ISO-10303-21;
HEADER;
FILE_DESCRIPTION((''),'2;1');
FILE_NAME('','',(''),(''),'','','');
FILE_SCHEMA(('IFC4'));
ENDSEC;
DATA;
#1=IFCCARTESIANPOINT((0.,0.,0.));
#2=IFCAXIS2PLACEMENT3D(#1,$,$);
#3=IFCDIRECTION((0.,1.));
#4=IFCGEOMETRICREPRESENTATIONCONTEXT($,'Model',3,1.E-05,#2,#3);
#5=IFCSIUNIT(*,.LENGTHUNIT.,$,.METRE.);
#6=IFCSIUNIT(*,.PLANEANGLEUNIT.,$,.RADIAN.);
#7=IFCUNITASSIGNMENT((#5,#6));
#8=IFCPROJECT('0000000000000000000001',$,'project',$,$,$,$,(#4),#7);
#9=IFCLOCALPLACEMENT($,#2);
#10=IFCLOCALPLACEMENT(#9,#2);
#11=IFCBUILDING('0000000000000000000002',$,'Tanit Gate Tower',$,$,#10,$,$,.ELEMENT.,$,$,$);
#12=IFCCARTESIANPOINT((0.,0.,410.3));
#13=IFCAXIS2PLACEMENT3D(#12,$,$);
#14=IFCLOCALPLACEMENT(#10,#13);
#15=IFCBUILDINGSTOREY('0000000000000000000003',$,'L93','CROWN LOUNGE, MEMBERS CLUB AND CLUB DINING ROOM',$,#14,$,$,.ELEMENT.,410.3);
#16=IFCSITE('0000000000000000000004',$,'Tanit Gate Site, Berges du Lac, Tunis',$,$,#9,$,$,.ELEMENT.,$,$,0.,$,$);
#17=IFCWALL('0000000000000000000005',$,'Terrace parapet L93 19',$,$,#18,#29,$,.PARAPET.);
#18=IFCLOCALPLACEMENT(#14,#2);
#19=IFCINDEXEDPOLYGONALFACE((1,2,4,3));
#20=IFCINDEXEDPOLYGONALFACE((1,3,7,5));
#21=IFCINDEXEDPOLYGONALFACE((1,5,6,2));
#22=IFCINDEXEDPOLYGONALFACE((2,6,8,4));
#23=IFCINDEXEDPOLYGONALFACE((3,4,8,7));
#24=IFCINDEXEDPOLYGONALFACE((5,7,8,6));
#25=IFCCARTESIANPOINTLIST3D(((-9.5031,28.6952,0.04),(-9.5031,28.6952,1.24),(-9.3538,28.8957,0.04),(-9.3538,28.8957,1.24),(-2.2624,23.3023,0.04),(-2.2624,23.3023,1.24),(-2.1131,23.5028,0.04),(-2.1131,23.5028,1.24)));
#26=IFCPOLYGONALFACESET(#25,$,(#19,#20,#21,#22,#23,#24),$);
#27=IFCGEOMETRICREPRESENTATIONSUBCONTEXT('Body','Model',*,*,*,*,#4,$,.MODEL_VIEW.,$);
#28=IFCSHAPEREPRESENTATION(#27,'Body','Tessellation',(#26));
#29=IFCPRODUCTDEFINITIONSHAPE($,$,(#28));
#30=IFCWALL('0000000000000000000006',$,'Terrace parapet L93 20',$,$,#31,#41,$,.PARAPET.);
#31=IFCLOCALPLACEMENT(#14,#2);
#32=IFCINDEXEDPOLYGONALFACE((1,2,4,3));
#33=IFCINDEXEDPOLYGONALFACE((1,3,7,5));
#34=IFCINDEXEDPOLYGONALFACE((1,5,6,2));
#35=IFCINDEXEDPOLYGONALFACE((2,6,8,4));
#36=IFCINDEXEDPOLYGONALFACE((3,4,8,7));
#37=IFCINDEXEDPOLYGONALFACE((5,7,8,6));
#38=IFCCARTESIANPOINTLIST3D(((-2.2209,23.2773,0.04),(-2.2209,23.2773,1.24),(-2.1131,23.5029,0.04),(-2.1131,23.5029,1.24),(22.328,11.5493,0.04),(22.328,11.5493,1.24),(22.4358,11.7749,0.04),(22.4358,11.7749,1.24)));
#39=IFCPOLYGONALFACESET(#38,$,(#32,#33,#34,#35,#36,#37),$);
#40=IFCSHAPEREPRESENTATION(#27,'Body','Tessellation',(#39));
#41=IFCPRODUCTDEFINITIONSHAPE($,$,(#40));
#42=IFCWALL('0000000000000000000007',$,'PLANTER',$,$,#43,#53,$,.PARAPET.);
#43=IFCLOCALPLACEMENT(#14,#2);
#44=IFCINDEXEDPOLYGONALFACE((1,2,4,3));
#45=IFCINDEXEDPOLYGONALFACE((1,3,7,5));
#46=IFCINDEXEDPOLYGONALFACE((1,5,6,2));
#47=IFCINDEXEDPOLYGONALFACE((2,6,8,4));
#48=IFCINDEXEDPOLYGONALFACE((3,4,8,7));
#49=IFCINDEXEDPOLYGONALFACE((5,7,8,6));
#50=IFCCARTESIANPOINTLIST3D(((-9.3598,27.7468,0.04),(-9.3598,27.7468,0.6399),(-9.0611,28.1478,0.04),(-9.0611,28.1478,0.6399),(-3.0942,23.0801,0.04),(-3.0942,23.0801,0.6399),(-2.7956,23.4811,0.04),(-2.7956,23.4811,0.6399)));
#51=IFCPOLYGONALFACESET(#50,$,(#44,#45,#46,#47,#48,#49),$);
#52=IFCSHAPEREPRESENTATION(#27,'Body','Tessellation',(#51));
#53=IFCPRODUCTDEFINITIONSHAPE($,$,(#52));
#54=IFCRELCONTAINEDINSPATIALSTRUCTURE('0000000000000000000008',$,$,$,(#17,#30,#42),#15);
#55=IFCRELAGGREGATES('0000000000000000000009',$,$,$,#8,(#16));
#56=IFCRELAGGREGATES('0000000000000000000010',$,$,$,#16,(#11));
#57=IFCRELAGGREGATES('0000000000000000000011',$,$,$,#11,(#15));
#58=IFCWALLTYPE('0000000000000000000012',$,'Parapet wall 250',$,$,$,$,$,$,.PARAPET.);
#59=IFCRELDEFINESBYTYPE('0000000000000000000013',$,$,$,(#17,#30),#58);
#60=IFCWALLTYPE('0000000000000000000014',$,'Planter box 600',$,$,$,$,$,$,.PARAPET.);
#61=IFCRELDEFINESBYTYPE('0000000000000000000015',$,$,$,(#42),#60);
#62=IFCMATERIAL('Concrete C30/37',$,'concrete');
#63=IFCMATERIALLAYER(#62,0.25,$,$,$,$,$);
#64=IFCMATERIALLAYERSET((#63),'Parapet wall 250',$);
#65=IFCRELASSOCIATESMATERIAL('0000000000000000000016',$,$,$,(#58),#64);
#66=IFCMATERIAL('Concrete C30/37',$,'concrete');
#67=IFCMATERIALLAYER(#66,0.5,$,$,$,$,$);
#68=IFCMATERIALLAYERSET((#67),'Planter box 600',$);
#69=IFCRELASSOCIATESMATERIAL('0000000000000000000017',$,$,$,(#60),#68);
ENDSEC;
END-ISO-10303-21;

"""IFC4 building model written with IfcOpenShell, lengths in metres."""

from ifc_helpers import new_model, si_unit, direction, frame, frame_2d, origin, place, context, subcontext, project, spatial, rectangle, extrude, material, layer, layer_set, type_object, element, save


model = new_model("IFC4")

# Units and contexts
model_context = context("Model", 3, precision=1e-05, world=origin(), true_north=direction((0.0, 1.0)))
body_context = subcontext(model_context, "Body", "Model", "MODEL_VIEW")
ifc_project = project(units=[si_unit("LENGTHUNIT", "METRE"), si_unit("PLANEANGLEUNIT", "RADIAN")], contexts=[model_context])

# Site, building, storey
site_placement = place(None, origin())
site = spatial("IfcSite", under=ifc_project, at=site_placement, Name="Tanit Gate Site, Berges du Lac, Tunis", CompositionType="ELEMENT", RefElevation=0.0)
building_placement = place(site_placement, origin())
building = spatial("IfcBuilding", under=site, at=building_placement, Name="Tanit Gate Tower", CompositionType="ELEMENT")
storey_placement = place(building_placement, frame((0.0, 0.0, 410.3)))
storey = spatial("IfcBuildingStorey", under=building, at=storey_placement, Name="L93", Description="CROWN LOUNGE, MEMBERS CLUB AND CLUB DINING ROOM", CompositionType="ELEMENT", Elevation=410.3)

# Walls
ifc_material_1 = material(Name="Concrete C30/37", Category="concrete")
ifc_layer_1 = layer(ifc_material_1, 0.25)
ifc_layer_set_1 = layer_set([ifc_layer_1], Name="Parapet wall 250")
wall_type_1 = type_object("IfcWallType", Name="Parapet wall 250", PredefinedType="PARAPET", material=ifc_layer_set_1)
wall_1_placement = place(storey_placement, frame((-9.4285, 28.7954, 0.04), z_axis=(0.0, 0.0, 1.0), x_axis=(0.802001, -0.597323, 0.0)))
element("IfcWall", 1, at=wall_1_placement, inside=storey, type_object=wall_type_1, Name="Terrace parapet L93 19", PredefinedType="PARAPET", context=body_context, shape_type="SweptSolid", body=[
    extrude(rectangle(XDim=9.0283, YDim=0.25, at=frame_2d((4.5142, 0.0))), origin(), (0.0, 0.0, 1.0), 1.2),
])
wall_2_placement = place(storey_placement, frame((-2.167, 23.3901, 0.04), z_axis=(0.0, 0.0, 1.0), x_axis=(0.902316, -0.431075, 0.0)))
element("IfcWall", 2, at=wall_2_placement, inside=storey, type_object=wall_type_1, Name="Terrace parapet L93 20", PredefinedType="PARAPET", context=body_context, shape_type="SweptSolid", body=[
    extrude(rectangle(XDim=27.2065, YDim=0.25, at=frame_2d((13.6033, 0.0))), origin(), (0.0, 0.0, 1.0), 1.2),
])
ifc_material_2 = material(Name="Concrete C30/37", Category="concrete")
ifc_layer_2 = layer(ifc_material_2, 0.5)
ifc_layer_set_2 = layer_set([ifc_layer_2], Name="Planter box 600")
wall_type_2 = type_object("IfcWallType", Name="Planter box 600", PredefinedType="PARAPET", material=ifc_layer_set_2)
wall_3_placement = place(storey_placement, frame((-9.2104, 27.9473, 0.04), z_axis=(0.0, 0.0, 1.0), x_axis=(0.801991, -0.597337, 0.0)))
element("IfcWall", 3, at=wall_3_placement, inside=storey, type_object=wall_type_2, Name="PLANTER", PredefinedType="PARAPET", context=body_context, shape_type="SweptSolid", body=[
    extrude(rectangle(XDim=7.8125, YDim=0.5, at=frame_2d((3.9062, 0.0))), origin(), (0.0, 0.0, 1.0), 0.5999),
])

save(model, "model.ifc")
